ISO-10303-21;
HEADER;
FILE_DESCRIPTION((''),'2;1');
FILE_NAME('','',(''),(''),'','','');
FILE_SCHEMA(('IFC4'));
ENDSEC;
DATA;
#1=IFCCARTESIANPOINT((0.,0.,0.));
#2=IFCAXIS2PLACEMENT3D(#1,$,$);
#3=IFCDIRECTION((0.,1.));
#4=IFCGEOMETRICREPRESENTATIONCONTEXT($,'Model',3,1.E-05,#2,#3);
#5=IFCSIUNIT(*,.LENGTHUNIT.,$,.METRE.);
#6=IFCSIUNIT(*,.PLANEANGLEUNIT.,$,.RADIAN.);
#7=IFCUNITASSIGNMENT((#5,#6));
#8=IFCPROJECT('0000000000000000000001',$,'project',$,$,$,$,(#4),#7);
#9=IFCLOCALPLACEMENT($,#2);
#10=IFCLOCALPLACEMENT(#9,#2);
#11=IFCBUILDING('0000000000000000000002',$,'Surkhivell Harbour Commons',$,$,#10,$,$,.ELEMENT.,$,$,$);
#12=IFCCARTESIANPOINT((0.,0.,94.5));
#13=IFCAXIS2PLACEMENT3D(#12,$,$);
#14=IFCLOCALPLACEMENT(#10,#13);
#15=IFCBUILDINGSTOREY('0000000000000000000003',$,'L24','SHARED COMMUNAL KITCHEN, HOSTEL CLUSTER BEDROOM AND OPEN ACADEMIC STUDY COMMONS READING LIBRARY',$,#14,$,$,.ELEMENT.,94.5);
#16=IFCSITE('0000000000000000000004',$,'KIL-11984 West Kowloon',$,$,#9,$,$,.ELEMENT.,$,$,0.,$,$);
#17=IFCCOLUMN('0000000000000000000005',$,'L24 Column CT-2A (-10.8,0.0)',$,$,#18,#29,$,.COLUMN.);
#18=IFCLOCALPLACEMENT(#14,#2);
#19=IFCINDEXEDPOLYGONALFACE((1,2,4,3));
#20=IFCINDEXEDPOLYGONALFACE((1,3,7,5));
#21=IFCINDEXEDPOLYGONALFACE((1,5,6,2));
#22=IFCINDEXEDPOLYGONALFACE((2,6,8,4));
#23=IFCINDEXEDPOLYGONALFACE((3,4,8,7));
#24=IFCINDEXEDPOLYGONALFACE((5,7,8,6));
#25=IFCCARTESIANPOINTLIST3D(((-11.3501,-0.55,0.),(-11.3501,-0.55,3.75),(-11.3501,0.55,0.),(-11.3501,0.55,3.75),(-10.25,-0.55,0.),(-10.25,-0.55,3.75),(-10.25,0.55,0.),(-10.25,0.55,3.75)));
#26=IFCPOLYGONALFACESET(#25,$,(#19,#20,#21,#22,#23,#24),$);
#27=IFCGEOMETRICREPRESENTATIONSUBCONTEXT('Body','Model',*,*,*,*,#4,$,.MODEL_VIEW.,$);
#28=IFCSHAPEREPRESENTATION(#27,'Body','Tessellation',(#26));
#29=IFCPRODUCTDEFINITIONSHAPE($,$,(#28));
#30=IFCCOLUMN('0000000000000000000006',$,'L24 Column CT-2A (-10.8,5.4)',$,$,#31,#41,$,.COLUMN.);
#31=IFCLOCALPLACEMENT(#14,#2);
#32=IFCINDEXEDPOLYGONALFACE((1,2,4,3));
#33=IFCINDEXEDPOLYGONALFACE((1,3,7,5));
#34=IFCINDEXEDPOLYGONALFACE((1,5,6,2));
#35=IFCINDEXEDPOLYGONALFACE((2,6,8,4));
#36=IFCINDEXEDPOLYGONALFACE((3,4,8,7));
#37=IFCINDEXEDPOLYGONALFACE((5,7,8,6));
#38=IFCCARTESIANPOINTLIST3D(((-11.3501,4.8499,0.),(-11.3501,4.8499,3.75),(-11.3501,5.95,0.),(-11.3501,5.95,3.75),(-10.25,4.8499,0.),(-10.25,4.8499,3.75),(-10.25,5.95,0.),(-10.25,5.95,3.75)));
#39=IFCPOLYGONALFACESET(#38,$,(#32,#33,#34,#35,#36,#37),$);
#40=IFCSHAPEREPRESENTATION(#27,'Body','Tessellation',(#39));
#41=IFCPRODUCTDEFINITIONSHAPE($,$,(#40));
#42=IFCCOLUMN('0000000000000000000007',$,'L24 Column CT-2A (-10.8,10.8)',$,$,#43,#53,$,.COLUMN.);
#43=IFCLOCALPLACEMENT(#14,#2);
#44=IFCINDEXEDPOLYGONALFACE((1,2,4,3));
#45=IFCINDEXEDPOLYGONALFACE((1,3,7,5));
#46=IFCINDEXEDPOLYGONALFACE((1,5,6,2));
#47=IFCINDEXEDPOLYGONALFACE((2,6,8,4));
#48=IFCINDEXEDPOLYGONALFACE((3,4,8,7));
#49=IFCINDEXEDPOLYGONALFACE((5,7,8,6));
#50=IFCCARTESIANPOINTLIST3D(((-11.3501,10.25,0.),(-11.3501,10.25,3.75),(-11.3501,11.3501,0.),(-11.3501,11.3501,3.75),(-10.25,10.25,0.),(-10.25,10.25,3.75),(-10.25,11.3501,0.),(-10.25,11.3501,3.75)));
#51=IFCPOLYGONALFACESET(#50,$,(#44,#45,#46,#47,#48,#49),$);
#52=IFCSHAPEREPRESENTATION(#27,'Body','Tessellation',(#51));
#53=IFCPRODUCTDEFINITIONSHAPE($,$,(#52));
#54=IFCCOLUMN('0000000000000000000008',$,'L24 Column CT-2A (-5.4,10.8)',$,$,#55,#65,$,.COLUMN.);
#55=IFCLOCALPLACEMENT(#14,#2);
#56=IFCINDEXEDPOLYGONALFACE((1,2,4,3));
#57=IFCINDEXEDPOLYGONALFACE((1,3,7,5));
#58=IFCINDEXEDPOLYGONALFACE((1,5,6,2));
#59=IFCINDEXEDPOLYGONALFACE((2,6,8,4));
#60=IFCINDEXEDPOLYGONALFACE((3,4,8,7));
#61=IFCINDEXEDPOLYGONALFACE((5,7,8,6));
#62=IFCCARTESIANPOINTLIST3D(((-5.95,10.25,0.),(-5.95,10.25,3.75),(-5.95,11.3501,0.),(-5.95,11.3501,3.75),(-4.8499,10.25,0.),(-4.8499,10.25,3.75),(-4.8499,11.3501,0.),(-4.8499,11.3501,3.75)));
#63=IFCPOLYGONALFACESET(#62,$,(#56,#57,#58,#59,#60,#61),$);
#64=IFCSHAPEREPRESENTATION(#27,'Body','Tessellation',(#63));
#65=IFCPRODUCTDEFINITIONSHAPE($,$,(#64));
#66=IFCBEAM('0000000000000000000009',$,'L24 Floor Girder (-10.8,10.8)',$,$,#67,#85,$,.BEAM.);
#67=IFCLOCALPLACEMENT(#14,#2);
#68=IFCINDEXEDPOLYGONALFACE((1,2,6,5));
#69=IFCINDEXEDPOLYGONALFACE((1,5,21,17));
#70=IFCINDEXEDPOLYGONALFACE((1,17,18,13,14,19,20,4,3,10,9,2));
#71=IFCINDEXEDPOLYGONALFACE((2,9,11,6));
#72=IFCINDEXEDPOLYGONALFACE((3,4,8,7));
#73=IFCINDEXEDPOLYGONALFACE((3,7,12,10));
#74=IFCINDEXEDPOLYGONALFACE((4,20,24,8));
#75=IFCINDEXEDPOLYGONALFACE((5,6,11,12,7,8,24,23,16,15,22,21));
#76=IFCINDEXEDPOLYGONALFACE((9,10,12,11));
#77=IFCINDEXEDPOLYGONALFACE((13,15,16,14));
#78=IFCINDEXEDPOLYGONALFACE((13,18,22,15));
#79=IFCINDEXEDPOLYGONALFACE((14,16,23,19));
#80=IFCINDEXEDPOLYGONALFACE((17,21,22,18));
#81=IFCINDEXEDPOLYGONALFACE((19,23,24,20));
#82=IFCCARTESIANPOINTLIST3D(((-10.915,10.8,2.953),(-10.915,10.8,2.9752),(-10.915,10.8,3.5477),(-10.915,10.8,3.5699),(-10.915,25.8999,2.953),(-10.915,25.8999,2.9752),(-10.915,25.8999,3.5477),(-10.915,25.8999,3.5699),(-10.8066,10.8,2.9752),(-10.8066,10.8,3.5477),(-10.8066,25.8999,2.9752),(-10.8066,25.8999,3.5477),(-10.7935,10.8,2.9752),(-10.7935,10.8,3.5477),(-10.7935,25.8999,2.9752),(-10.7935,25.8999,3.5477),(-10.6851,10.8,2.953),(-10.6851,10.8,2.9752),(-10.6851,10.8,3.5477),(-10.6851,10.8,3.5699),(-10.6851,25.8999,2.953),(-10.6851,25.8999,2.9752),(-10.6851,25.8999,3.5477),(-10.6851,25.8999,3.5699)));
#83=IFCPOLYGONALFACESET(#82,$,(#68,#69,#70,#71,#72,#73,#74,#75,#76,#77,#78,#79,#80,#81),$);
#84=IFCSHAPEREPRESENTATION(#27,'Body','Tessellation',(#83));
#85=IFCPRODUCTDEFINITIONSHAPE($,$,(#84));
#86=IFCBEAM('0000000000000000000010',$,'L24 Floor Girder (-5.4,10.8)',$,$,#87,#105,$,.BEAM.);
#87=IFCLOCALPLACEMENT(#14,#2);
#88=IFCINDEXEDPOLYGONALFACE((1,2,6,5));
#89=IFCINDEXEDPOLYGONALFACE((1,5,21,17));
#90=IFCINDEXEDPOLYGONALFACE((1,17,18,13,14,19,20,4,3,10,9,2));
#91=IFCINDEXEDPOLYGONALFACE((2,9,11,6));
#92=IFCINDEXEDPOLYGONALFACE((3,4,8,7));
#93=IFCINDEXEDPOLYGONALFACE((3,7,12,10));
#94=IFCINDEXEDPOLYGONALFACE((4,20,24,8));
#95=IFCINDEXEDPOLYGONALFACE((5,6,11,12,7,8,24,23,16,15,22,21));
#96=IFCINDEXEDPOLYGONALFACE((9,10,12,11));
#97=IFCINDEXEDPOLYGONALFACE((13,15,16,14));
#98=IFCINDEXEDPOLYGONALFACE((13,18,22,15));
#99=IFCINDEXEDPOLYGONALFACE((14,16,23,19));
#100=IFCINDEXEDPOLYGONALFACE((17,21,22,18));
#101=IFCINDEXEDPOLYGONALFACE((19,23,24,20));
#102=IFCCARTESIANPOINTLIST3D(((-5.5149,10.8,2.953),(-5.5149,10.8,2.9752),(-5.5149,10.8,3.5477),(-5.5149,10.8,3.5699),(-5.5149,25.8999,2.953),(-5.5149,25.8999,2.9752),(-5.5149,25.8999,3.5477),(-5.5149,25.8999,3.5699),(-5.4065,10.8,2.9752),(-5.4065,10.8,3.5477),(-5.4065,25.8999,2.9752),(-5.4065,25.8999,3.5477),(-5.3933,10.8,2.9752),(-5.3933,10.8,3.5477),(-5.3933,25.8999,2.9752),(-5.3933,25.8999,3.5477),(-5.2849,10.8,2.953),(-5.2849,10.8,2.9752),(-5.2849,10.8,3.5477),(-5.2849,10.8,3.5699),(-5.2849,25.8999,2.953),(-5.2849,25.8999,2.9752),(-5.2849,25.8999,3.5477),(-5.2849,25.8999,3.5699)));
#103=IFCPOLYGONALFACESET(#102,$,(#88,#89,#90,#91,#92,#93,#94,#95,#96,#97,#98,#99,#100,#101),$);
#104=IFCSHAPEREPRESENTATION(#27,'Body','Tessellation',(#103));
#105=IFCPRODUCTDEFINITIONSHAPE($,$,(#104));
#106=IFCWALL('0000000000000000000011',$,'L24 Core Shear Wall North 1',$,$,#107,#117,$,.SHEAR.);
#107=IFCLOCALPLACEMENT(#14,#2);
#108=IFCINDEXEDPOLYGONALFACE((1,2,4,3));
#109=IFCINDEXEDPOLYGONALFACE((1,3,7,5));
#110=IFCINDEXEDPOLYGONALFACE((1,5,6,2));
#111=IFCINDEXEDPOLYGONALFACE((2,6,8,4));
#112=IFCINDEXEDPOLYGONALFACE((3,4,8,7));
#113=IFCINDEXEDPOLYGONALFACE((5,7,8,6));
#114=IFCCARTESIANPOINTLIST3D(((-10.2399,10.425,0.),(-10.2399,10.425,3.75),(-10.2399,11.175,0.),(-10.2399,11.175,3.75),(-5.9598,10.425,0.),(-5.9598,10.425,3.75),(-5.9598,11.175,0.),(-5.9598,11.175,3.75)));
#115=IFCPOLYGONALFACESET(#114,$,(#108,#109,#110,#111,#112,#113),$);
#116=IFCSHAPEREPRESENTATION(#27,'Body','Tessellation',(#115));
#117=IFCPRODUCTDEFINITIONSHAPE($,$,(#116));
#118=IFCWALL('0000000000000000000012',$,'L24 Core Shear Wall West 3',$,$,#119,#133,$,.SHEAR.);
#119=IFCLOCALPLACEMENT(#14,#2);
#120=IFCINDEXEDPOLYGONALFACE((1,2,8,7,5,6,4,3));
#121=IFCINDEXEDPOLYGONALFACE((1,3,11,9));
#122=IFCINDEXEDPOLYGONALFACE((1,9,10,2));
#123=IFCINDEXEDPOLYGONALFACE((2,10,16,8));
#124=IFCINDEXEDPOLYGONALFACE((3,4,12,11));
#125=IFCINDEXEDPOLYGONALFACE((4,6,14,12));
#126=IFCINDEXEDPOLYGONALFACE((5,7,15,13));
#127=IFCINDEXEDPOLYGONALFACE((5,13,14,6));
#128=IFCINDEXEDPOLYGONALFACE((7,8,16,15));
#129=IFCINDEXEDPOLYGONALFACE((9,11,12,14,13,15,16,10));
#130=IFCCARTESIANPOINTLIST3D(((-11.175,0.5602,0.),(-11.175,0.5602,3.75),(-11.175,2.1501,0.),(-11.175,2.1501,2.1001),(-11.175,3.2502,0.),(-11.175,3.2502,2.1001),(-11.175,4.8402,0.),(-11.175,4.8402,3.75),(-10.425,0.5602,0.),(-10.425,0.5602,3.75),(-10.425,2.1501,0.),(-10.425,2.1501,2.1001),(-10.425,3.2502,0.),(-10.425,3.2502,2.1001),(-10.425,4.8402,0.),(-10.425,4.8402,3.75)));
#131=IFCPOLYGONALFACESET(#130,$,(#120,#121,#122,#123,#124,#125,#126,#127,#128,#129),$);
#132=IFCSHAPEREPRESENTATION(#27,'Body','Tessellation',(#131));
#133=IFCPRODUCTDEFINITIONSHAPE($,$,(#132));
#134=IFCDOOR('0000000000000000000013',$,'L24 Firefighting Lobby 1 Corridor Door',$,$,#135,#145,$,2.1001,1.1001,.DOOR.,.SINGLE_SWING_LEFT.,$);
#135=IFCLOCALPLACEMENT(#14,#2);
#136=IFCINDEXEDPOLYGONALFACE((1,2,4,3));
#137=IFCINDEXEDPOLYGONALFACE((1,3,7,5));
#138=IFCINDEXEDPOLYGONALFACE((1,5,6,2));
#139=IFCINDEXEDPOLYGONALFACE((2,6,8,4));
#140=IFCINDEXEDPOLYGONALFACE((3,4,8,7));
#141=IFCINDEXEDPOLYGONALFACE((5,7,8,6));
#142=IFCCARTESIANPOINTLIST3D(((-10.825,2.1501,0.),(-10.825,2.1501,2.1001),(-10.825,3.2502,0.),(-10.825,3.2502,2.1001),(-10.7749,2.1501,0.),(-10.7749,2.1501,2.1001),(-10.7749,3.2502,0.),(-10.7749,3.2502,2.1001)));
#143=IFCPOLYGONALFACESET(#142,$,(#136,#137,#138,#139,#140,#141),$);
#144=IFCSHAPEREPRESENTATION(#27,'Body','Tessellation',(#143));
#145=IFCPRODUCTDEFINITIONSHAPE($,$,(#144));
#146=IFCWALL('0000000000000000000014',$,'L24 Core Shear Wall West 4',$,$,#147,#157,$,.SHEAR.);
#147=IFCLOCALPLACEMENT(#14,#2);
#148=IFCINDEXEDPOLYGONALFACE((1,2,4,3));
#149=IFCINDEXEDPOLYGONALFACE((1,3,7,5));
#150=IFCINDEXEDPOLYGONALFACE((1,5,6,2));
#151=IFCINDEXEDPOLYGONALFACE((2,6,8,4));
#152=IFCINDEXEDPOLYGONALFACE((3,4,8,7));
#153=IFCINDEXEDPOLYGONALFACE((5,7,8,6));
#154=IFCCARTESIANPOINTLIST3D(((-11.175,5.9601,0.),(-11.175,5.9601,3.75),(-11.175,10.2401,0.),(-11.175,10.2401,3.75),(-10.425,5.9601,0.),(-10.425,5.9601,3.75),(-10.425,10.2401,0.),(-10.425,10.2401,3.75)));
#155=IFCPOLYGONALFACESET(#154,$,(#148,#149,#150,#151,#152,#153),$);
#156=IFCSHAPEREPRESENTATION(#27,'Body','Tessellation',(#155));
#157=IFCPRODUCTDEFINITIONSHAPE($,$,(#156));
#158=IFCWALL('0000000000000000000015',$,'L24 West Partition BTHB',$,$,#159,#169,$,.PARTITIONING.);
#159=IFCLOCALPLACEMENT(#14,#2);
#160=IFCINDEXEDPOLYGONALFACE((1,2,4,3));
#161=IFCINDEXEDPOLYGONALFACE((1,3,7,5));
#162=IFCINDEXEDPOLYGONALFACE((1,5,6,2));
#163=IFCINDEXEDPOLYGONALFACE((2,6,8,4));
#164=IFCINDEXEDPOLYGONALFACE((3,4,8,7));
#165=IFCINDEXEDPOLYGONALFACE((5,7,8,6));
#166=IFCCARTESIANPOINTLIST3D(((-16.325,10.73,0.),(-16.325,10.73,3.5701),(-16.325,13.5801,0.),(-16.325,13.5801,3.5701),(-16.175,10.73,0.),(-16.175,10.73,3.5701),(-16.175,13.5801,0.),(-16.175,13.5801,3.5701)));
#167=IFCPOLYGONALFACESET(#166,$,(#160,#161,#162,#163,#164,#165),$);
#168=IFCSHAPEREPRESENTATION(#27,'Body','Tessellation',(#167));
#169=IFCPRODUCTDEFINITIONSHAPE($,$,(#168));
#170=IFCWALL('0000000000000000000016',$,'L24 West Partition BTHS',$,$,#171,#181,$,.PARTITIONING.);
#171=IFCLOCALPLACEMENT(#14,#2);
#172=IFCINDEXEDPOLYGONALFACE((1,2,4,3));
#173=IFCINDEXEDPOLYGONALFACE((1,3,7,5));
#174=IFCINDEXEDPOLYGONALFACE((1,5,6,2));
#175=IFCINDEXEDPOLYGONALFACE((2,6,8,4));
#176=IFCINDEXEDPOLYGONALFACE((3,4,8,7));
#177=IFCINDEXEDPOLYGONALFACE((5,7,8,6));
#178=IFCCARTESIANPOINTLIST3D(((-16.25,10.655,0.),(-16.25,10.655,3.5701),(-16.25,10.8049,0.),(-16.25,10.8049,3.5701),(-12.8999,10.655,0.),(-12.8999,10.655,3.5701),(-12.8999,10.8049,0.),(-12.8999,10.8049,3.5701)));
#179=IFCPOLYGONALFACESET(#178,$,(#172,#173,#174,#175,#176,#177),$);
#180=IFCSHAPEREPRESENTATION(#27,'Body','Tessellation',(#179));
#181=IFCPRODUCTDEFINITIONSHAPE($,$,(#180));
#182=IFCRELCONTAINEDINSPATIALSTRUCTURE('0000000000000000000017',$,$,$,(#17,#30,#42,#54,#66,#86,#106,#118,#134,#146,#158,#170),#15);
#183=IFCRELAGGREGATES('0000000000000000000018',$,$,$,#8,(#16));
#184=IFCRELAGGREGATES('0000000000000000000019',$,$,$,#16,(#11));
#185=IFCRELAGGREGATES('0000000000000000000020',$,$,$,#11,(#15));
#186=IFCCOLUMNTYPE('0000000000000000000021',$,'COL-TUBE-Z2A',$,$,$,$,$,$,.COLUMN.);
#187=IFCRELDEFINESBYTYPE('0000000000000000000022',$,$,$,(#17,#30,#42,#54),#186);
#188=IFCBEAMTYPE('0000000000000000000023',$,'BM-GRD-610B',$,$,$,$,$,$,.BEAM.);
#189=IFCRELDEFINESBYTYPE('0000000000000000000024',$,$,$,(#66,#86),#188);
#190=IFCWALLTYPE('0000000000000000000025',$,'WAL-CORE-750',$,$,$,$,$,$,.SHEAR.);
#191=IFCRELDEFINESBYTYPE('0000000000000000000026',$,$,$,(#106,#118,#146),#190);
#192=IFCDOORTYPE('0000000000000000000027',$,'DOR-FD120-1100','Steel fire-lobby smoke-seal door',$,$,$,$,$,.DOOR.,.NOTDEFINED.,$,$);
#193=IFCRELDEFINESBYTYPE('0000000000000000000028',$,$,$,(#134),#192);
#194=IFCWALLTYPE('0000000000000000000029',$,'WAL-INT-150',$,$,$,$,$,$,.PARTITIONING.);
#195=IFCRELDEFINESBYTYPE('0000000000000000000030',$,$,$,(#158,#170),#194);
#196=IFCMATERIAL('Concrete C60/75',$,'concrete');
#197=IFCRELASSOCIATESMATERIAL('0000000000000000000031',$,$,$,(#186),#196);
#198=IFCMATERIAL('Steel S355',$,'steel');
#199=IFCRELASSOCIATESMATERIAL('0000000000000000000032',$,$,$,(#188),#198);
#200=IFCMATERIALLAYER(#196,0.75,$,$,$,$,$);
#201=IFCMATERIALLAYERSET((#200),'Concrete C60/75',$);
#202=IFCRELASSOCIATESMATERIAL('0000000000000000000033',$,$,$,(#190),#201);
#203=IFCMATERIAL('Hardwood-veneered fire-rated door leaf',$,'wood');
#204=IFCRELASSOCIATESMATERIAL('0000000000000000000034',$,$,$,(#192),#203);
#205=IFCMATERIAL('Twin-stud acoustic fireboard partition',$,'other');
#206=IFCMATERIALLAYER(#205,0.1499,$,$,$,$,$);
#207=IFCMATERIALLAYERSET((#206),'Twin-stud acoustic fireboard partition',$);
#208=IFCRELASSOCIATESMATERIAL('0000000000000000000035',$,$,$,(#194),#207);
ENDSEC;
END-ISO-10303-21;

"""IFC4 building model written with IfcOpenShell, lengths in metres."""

from ifc_helpers import new_model, si_unit, direction, frame, frame_2d, origin, origin_2d, place, context, subcontext, project, spatial, rectangle, i_section, extrude, material, layer, layer_set, material_profile, profile_set, type_object, element, fill, save


model = new_model("IFC4")

# Units and contexts
model_context = context("Model", 3, precision=1e-05, world=origin(), true_north=direction((0.0, 1.0)))
body_context = subcontext(model_context, "Body", "Model", "MODEL_VIEW")
ifc_project = project(units=[si_unit("LENGTHUNIT", "METRE"), si_unit("PLANEANGLEUNIT", "RADIAN")], contexts=[model_context])

# Site, building, storey
site_placement = place(None, origin())
site = spatial("IfcSite", under=ifc_project, at=site_placement, Name="KIL-11984 West Kowloon", CompositionType="ELEMENT", RefElevation=0.0)
building_placement = place(site_placement, origin())
building = spatial("IfcBuilding", under=site, at=building_placement, Name="Surkhivell Harbour Commons", CompositionType="ELEMENT")
storey_placement = place(building_placement, frame((0.0, 0.0, 94.5)))
storey = spatial("IfcBuildingStorey", under=building, at=storey_placement, Name="L24", Description="SHARED COMMUNAL KITCHEN, HOSTEL CLUSTER BEDROOM AND OPEN ACADEMIC STUDY COMMONS READING LIBRARY", CompositionType="ELEMENT", Elevation=94.5)

# Columns
ifc_material_1 = material(Name="Concrete C60/75", Category="concrete")
ifc_material_profile_1 = material_profile(ifc_material_1, rectangle(XDim=1.1001, YDim=1.1001, at=origin_2d()), Name="RC-COL-1100x1100")
ifc_profile_set_1 = profile_set([ifc_material_profile_1], Name="Concrete C60/75")
column_type = type_object("IfcColumnType", Name="COL-TUBE-Z2A", PredefinedType="COLUMN", material=ifc_profile_set_1)
for number, where, z_axis, x_axis, name in (
    (1, (-10.8, 0.0, 0.0), (0.0, 0.0, 1.0), (1.0, 0.0, 0.0), "L24 Column CT-2A (-10.8,0.0)"),
    (2, (-10.8, 5.3999, 0.0), (0.0, 0.0, 1.0), (1.0, 0.0, 0.0), "L24 Column CT-2A (-10.8,5.4)"),
    (3, (-10.8, 10.8, 0.0), (0.0, 0.0, 1.0), (1.0, 0.0, 0.0), "L24 Column CT-2A (-10.8,10.8)"),
    (4, (-5.3999, 10.8, 0.0), (0.0, 0.0, 1.0), (1.0, 0.0, 0.0), "L24 Column CT-2A (-5.4,10.8)"),
):
    element("IfcColumn", number, at=place(storey_placement, frame(where, z_axis=z_axis, x_axis=x_axis)), inside=storey, type_object=column_type, Name=name, PredefinedType="COLUMN", context=body_context, shape_type="SweptSolid", body=[
        extrude(rectangle(XDim=1.1001, YDim=1.1001, at=origin_2d()), origin(), (0.0, 0.0, 1.0), 3.75),
    ])

# Beams
ifc_material_2 = material(Name="Steel S355", Category="steel")
ifc_material_profile_2 = material_profile(ifc_material_2, i_section(OverallWidth=0.23, OverallDepth=0.6169, WebThickness=0.0132, FlangeThickness=0.0222, at=origin_2d()), Name="UB610x229x140")
ifc_profile_set_2 = profile_set([ifc_material_profile_2], Name="Steel S355")
beam_type = type_object("IfcBeamType", Name="BM-GRD-610B", PredefinedType="BEAM", material=ifc_profile_set_2)
for number, where, z_axis, x_axis, name in (
    (5, (-10.8, 10.8, 3.2615), (0.0, 1.0, 0.0), (-1.0, 0.0, 0.0), "L24 Floor Girder (-10.8,10.8)"),
    (6, (-5.3999, 10.8, 3.2615), (0.0, 1.0, 0.0), (-1.0, 0.0, 0.0), "L24 Floor Girder (-5.4,10.8)"),
):
    element("IfcBeam", number, at=place(storey_placement, frame(where, z_axis=z_axis, x_axis=x_axis)), inside=storey, type_object=beam_type, Name=name, PredefinedType="BEAM", context=body_context, shape_type="SweptSolid", body=[
        extrude(i_section(OverallWidth=0.23, OverallDepth=0.6169, WebThickness=0.0132, FlangeThickness=0.0222, at=origin_2d()), origin(), (0.0, 0.0, 1.0), 15.0999),
    ])

# Wall
ifc_layer_1 = layer(ifc_material_1, 0.75)
ifc_layer_set_1 = layer_set([ifc_layer_1], Name="Concrete C60/75")
wall_type_1 = type_object("IfcWallType", Name="WAL-CORE-750", PredefinedType="SHEAR", material=ifc_layer_set_1)
wall_1_placement = place(storey_placement, frame((-10.24, 10.8, 0.0), z_axis=(0.0, 0.0, 1.0), x_axis=(1.0, 0.0, 0.0)))
element("IfcWall", 7, at=wall_1_placement, inside=storey, type_object=wall_type_1, Name="L24 Core Shear Wall North 1", PredefinedType="SHEAR", context=body_context, shape_type="SweptSolid", body=[
    extrude(rectangle(XDim=4.28, YDim=0.75, at=frame_2d((2.1401, 0.0))), origin(), (0.0, 0.0, 1.0), 3.75),
])

# Wall, opening, door
wall_2_placement = place(storey_placement, frame((-10.8, 0.5601, 0.0), z_axis=(0.0, 0.0, 1.0), x_axis=(0.0, 1.0, 0.0)))
wall_2 = element("IfcWall", 8, at=wall_2_placement, inside=storey, type_object=wall_type_1, Name="L24 Core Shear Wall West 3", PredefinedType="SHEAR", context=body_context, shape_type="SweptSolid", body=[
    extrude(rectangle(XDim=4.28, YDim=0.75, at=frame_2d((2.1401, 0.0))), origin(), (0.0, 0.0, 1.0), 3.75),
])
opening_1_placement = place(wall_2_placement, frame((1.5901, 0.0, 0.0)))
opening_1 = element("IfcOpeningElement", 9, at=opening_1_placement, cuts=wall_2, PredefinedType="OPENING", context=body_context, shape_type="SweptSolid", body=[
    extrude(rectangle(XDim=1.1001, YDim=2.1001, at=frame_2d((0.55, 1.05))), frame((0.0, 0.385, 0.0), z_axis=(0.0, -1.0, 0.0), x_axis=(1.0, 0.0, 0.0)), (0.0, 0.0, 1.0), 0.77),
])
ifc_material_3 = material(Name="Hardwood-veneered fire-rated door leaf", Category="wood")
door_type_1 = type_object("IfcDoorType", Name="DOR-FD120-1100", Description="Steel fire-lobby smoke-seal door", OperationType="NOTDEFINED", PredefinedType="DOOR", material=ifc_material_3)
door_1_placement = place(opening_1_placement, origin())
door_1 = element("IfcDoor", 10, at=door_1_placement, inside=storey, type_object=door_type_1, Name="L24 Firefighting Lobby 1 Corridor Door", OperationType="SINGLE_SWING_LEFT", OverallHeight=2.1001, OverallWidth=1.1001, PredefinedType="DOOR", context=body_context, shape_type="SweptSolid", body=[
    extrude(rectangle(XDim=1.1001, YDim=2.1001, at=frame_2d((0.55, 1.05))), frame((0.0, 0.0249, 0.0), z_axis=(0.0, -1.0, 0.0), x_axis=(1.0, 0.0, 0.0)), (0.0, 0.0, 1.0), 0.05),
])
fill(opening_1, door_1)

# Walls
wall_3_placement = place(storey_placement, frame((-10.8, 5.96, 0.0), z_axis=(0.0, 0.0, 1.0), x_axis=(0.0, 1.0, 0.0)))
element("IfcWall", 11, at=wall_3_placement, inside=storey, type_object=wall_type_1, Name="L24 Core Shear Wall West 4", PredefinedType="SHEAR", context=body_context, shape_type="SweptSolid", body=[
    extrude(rectangle(XDim=4.28, YDim=0.75, at=frame_2d((2.1401, 0.0))), origin(), (0.0, 0.0, 1.0), 3.75),
])
ifc_material_4 = material(Name="Twin-stud acoustic fireboard partition", Category="other")
ifc_layer_2 = layer(ifc_material_4, 0.1499)
ifc_layer_set_2 = layer_set([ifc_layer_2], Name="Twin-stud acoustic fireboard partition")
wall_type_2 = type_object("IfcWallType", Name="WAL-INT-150", PredefinedType="PARTITIONING", material=ifc_layer_set_2)
wall_4_placement = place(storey_placement, frame((-16.25, 10.73, 0.0), z_axis=(0.0, 0.0, 1.0), x_axis=(0.0, 1.0, 0.0)))
element("IfcWall", 12, at=wall_4_placement, inside=storey, type_object=wall_type_2, Name="L24 West Partition BTHB", PredefinedType="PARTITIONING", context=body_context, shape_type="SweptSolid", body=[
    extrude(rectangle(XDim=2.8501, YDim=0.1499, at=frame_2d((1.425, 0.0))), origin(), (0.0, 0.0, 1.0), 3.5701),
])
wall_5_placement = place(storey_placement, frame((-16.25, 10.73, 0.0), z_axis=(0.0, 0.0, 1.0), x_axis=(1.0, 0.0, 0.0)))
element("IfcWall", 13, at=wall_5_placement, inside=storey, type_object=wall_type_2, Name="L24 West Partition BTHS", PredefinedType="PARTITIONING", context=body_context, shape_type="SweptSolid", body=[
    extrude(rectangle(XDim=3.3501, YDim=0.1499, at=frame_2d((1.675, 0.0))), origin(), (0.0, 0.0, 1.0), 3.5701),
])

save(model, "model.ifc")
